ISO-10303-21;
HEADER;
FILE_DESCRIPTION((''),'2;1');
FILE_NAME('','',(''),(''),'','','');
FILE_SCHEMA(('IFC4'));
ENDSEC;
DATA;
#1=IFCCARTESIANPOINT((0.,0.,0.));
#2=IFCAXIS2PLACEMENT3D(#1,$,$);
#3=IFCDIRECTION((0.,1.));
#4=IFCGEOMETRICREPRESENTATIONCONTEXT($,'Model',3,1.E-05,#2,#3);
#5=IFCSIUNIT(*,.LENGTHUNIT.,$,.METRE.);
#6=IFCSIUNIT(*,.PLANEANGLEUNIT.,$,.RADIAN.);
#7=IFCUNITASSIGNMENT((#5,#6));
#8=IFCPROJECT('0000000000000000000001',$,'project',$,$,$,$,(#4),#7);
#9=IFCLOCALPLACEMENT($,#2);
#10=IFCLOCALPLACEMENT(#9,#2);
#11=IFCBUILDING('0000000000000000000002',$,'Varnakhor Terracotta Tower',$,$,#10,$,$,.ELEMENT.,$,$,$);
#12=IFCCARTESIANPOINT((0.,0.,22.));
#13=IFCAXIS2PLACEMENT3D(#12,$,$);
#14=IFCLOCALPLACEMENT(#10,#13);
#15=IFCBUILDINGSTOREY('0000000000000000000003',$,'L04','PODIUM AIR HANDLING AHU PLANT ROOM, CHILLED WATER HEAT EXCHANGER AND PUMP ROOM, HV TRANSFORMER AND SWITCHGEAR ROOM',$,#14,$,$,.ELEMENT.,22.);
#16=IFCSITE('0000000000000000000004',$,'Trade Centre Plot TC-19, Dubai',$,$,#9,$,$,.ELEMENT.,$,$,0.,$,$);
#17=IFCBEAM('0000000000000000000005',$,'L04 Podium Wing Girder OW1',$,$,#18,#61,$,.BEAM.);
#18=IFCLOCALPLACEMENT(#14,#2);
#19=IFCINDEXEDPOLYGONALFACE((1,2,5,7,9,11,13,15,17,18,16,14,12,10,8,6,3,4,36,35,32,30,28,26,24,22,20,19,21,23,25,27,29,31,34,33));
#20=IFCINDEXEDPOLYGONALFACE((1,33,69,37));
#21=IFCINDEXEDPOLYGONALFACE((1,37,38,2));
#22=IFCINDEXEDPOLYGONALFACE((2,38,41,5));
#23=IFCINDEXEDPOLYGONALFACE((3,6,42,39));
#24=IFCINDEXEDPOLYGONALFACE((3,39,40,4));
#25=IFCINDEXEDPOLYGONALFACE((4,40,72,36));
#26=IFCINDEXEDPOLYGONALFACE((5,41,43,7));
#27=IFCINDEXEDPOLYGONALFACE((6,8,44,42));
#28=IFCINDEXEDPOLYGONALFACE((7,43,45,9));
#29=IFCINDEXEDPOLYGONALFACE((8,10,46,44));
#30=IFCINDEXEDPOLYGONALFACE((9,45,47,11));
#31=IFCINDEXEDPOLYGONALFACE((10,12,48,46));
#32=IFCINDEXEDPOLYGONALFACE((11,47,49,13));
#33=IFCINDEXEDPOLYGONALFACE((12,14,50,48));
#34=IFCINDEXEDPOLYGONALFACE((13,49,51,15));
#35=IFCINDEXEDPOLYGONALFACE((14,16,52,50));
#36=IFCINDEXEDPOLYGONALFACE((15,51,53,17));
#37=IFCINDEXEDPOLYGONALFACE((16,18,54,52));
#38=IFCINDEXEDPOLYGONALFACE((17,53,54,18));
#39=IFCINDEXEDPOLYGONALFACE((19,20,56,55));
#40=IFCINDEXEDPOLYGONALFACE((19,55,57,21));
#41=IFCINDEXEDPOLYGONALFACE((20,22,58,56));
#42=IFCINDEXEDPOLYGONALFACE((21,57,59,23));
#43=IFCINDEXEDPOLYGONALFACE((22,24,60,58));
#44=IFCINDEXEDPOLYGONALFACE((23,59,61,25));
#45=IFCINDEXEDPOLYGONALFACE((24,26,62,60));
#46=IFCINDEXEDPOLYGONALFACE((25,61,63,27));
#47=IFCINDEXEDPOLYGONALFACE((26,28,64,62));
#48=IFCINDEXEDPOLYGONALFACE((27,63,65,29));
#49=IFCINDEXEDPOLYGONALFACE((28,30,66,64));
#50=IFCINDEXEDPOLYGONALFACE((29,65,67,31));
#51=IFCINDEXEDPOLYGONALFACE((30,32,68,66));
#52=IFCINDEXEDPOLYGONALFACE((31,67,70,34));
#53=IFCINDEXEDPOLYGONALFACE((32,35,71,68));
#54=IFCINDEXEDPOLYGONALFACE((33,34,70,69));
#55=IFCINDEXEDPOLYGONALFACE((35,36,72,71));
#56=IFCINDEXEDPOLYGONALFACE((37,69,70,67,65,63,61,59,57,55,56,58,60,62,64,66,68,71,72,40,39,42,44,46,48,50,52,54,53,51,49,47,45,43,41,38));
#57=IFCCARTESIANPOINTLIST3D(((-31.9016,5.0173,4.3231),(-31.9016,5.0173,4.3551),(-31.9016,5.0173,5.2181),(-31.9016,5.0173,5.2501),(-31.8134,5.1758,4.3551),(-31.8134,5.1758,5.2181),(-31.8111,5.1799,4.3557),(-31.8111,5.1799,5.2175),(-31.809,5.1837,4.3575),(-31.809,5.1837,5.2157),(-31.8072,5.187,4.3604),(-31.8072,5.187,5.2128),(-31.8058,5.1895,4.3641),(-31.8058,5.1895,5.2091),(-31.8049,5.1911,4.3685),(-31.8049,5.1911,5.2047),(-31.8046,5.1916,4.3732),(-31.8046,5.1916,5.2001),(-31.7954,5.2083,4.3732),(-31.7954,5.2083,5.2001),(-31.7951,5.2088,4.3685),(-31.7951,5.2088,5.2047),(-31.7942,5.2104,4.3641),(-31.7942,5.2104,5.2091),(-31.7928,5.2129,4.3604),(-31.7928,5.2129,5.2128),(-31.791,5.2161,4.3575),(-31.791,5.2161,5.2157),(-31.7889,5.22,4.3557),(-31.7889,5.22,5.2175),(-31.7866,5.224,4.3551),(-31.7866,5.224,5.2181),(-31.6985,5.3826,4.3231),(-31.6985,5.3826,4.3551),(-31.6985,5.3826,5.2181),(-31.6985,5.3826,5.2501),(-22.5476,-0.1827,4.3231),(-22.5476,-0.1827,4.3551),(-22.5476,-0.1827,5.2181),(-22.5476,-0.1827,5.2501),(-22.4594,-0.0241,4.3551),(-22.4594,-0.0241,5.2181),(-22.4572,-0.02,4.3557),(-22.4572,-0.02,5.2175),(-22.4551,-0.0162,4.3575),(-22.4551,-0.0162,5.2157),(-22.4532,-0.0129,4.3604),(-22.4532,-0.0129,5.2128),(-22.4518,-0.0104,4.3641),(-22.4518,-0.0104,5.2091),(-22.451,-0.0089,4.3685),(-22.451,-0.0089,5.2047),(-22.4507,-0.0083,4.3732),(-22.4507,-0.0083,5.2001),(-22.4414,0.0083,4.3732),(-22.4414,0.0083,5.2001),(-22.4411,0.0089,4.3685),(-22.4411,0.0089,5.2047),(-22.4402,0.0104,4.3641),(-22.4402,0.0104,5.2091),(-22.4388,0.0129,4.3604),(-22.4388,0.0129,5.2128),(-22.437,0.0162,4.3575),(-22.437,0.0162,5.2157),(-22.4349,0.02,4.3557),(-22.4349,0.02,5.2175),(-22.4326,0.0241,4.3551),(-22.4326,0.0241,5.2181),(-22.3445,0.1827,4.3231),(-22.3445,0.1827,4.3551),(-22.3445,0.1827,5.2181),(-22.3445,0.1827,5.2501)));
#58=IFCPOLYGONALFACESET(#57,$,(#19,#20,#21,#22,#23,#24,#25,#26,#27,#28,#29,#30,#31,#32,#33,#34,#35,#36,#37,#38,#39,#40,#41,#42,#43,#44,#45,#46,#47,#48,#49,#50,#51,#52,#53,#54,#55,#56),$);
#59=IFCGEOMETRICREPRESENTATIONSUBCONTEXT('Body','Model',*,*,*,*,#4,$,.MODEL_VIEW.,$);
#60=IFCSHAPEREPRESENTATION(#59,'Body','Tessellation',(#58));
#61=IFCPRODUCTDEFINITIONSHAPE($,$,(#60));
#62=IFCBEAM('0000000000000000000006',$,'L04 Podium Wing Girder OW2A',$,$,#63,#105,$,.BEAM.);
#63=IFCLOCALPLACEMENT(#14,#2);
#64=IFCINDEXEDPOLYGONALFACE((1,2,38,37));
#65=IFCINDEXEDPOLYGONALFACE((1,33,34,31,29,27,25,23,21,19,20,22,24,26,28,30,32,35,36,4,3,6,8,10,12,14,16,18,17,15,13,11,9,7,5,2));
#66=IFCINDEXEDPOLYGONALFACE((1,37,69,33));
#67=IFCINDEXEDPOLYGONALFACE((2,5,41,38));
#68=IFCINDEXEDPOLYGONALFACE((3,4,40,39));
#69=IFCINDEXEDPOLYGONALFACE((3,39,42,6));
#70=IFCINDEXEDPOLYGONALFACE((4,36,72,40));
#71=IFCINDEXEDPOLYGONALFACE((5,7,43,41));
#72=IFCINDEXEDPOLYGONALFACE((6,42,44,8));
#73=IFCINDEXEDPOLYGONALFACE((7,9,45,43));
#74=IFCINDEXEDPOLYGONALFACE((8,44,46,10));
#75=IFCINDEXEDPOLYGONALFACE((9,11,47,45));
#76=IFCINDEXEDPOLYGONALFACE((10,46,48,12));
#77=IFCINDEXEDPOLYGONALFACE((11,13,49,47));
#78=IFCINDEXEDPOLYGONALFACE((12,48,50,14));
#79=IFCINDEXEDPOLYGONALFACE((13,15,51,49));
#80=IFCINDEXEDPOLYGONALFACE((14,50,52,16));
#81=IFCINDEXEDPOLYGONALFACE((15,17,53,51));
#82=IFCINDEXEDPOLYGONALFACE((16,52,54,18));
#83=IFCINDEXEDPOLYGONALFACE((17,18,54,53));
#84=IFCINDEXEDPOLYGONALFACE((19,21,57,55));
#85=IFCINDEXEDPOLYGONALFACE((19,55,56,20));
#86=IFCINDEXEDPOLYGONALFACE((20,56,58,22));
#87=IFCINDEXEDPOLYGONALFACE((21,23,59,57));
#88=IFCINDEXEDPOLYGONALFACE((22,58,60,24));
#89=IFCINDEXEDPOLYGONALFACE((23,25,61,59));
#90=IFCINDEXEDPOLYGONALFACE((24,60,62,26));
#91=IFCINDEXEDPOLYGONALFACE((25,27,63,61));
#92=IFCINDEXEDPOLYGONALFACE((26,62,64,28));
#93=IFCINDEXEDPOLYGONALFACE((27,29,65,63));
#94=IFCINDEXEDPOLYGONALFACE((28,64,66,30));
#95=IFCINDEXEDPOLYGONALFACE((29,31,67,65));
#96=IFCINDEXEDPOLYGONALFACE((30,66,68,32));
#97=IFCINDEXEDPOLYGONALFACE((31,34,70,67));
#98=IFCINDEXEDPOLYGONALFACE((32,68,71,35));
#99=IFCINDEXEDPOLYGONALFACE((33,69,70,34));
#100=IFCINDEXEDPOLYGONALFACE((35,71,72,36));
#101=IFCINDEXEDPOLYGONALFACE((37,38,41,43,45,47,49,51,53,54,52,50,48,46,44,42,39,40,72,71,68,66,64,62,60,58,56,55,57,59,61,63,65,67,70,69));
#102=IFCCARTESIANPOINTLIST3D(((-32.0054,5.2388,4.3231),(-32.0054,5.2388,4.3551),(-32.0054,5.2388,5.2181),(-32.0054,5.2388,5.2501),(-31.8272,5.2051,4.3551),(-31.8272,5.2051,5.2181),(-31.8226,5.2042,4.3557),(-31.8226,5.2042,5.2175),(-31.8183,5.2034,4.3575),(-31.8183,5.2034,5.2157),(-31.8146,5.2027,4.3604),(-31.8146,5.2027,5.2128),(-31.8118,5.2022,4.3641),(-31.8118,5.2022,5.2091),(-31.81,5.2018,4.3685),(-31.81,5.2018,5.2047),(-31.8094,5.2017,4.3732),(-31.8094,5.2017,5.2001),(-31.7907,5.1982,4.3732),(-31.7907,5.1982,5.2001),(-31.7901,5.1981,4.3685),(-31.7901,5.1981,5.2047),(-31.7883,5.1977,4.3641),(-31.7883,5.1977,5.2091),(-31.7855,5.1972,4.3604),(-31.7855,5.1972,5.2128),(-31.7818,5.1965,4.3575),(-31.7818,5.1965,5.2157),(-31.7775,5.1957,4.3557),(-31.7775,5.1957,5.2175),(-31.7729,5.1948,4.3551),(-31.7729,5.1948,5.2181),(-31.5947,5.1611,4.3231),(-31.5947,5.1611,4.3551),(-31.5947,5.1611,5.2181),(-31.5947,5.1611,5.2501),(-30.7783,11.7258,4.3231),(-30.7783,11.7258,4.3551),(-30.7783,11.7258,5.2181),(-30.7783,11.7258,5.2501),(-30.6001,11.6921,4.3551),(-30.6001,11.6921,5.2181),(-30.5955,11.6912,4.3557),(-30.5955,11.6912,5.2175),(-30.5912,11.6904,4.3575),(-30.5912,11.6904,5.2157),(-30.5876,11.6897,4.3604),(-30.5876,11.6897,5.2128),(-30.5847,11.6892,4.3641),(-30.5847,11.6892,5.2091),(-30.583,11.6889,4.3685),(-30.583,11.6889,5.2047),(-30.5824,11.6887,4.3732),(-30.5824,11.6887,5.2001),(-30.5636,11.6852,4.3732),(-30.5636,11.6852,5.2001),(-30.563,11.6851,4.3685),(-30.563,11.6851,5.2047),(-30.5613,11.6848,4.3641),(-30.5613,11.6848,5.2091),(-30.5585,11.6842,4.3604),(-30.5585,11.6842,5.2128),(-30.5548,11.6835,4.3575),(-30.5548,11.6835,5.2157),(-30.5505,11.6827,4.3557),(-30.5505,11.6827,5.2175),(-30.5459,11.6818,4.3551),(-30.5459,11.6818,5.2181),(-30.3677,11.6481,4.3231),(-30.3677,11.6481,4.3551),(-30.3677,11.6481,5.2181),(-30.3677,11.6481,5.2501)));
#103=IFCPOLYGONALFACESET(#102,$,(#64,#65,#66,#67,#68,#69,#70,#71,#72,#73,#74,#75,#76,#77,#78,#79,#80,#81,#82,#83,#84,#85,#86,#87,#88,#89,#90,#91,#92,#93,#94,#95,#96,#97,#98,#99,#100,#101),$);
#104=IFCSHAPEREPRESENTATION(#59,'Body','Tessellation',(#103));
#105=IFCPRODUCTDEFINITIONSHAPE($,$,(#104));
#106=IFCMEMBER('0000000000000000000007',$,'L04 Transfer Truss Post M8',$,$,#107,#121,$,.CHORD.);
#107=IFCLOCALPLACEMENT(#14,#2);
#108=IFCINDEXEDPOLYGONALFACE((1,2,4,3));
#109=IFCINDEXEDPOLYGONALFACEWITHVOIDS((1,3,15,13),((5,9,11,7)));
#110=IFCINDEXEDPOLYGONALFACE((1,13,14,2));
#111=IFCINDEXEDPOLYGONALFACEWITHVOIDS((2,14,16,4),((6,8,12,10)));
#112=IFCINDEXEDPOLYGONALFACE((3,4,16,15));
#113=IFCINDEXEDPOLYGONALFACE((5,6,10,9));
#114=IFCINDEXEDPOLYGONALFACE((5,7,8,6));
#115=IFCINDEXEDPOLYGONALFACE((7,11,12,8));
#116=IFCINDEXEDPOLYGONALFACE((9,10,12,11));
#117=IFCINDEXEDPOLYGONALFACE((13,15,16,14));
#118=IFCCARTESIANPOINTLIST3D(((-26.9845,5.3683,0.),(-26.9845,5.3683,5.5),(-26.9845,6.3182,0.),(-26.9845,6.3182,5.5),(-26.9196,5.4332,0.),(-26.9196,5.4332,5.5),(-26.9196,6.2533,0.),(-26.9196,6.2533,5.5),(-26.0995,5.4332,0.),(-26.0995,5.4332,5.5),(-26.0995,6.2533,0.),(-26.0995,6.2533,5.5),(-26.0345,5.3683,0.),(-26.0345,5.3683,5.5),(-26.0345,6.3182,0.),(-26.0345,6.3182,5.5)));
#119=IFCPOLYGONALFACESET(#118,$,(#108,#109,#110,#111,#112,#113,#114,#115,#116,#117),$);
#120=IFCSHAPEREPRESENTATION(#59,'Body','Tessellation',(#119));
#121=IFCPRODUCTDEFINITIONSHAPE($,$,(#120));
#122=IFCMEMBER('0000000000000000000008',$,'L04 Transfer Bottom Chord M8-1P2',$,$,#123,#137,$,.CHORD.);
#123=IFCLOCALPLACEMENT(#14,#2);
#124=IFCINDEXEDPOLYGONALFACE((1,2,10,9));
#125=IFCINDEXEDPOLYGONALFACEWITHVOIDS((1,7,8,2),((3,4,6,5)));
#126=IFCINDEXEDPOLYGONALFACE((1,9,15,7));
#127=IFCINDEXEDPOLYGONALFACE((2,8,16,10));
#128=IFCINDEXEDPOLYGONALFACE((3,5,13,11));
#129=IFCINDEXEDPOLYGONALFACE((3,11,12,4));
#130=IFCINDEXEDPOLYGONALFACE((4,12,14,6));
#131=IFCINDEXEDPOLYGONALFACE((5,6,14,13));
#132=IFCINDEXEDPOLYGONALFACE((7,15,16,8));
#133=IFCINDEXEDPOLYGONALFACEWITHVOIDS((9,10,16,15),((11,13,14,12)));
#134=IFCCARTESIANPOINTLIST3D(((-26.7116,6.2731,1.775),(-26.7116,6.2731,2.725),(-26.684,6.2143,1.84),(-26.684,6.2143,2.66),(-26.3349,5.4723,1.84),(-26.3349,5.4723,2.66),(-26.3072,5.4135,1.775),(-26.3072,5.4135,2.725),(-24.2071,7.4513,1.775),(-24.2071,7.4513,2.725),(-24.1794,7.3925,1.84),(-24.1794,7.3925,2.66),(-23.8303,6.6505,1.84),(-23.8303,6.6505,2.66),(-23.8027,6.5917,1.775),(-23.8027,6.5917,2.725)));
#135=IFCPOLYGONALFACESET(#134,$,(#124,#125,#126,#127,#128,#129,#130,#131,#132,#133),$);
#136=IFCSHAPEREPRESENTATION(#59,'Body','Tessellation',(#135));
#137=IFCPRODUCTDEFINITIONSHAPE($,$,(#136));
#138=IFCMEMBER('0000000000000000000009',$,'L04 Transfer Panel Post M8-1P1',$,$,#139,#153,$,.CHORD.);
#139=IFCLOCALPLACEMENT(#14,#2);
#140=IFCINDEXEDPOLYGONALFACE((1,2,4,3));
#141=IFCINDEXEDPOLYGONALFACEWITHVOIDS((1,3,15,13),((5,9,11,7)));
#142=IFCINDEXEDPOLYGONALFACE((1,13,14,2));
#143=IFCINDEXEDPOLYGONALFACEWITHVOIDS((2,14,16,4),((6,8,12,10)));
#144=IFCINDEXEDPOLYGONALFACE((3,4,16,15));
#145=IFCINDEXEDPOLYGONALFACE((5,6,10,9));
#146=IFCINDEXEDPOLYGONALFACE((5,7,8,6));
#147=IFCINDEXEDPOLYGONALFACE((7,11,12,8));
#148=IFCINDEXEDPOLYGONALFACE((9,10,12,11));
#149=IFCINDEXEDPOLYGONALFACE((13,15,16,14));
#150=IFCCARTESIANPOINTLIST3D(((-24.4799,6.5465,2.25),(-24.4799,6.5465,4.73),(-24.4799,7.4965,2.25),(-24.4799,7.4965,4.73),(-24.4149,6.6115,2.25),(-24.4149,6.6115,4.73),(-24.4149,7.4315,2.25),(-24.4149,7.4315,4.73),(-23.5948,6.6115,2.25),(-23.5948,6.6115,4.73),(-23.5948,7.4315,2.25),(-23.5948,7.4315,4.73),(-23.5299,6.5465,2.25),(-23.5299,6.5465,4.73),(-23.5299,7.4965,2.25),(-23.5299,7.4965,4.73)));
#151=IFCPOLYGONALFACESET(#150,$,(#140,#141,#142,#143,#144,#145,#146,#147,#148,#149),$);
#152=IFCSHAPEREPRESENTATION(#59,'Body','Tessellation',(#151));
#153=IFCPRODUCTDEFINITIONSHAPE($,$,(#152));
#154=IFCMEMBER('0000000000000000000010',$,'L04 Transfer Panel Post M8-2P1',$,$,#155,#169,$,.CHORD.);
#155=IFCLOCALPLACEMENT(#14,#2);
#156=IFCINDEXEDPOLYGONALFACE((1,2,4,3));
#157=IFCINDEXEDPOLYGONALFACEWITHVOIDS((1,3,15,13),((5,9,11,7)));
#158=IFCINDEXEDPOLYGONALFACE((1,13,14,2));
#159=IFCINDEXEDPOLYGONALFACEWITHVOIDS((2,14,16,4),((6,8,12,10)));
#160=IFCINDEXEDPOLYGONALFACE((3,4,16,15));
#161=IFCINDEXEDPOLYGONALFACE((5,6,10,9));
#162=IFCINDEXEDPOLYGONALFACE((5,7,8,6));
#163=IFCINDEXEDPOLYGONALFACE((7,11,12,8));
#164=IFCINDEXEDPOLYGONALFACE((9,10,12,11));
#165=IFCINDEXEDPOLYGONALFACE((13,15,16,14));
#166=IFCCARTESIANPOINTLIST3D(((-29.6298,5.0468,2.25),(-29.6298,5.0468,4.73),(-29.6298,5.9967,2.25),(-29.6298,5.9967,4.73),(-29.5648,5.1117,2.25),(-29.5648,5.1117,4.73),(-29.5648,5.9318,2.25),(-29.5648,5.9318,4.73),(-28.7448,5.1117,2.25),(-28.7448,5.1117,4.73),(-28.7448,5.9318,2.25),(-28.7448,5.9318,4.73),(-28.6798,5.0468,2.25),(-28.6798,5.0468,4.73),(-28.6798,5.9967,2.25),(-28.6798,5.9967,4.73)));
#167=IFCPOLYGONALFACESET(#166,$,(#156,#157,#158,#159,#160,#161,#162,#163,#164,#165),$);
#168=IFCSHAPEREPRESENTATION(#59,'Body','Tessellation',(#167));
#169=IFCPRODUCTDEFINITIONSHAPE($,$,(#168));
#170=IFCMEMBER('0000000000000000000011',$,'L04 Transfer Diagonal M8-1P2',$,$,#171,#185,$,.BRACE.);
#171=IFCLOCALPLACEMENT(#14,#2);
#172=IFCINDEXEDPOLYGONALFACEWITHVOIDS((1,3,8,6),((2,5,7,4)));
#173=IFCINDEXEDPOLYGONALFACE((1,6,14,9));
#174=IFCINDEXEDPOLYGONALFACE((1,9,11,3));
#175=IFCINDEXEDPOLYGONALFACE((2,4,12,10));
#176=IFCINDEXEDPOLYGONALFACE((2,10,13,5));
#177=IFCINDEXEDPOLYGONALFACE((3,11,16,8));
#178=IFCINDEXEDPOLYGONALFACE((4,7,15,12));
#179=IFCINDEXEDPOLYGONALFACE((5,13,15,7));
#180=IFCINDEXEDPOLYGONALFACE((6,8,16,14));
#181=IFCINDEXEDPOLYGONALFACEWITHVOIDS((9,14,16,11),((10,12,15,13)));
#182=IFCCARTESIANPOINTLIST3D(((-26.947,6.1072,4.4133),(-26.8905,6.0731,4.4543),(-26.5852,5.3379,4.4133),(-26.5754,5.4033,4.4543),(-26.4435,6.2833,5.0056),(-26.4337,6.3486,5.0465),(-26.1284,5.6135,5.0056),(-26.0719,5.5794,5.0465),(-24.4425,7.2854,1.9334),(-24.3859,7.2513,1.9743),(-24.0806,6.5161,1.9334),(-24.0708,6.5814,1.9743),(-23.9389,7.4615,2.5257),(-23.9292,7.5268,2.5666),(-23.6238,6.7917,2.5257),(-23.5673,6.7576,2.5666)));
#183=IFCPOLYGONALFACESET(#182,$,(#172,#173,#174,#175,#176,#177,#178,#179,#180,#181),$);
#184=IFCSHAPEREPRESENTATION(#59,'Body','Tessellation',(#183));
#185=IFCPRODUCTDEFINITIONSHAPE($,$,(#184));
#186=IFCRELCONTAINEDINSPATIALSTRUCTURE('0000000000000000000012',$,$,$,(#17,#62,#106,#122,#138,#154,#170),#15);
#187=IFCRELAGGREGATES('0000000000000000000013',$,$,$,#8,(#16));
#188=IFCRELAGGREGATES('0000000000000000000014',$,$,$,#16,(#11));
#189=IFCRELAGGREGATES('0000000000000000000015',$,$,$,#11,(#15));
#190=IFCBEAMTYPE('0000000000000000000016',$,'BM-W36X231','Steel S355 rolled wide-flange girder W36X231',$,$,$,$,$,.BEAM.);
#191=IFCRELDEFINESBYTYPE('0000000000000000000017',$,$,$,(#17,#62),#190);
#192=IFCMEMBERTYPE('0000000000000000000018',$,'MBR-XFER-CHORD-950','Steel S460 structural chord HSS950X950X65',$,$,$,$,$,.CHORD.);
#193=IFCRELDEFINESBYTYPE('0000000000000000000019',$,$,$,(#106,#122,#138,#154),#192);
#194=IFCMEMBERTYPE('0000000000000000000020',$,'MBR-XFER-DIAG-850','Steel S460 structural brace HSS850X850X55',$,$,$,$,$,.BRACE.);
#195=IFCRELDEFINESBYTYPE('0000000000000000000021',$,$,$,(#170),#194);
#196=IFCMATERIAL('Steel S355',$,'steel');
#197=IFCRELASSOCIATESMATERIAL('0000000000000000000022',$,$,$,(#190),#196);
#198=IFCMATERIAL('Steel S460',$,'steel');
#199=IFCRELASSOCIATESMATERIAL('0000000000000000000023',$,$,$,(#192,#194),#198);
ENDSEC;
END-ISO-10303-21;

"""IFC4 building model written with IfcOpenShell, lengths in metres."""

from ifc_helpers import new_model, si_unit, direction, frame, origin, origin_2d, place, context, subcontext, project, spatial, hollow_rectangle, i_section, extrude, source, transform, mapped, material, material_profile, profile_set, type_object, type_shapes, element, save


model = new_model("IFC4")

# Units and contexts
model_context = context("Model", 3, precision=1e-05, world=origin(), true_north=direction((0.0, 1.0)))
body_context = subcontext(model_context, "Body", "Model", "MODEL_VIEW")
ifc_project = project(units=[si_unit("LENGTHUNIT", "METRE"), si_unit("PLANEANGLEUNIT", "RADIAN")], contexts=[model_context])

# Site, building, storey
site_placement = place(None, origin())
site = spatial("IfcSite", under=ifc_project, at=site_placement, Name="Trade Centre Plot TC-19, Dubai", CompositionType="ELEMENT", RefElevation=0.0)
building_placement = place(site_placement, origin())
building = spatial("IfcBuilding", under=site, at=building_placement, Name="Varnakhor Terracotta Tower", CompositionType="ELEMENT")
storey_placement = place(building_placement, frame((0.0, 0.0, 22.0)))
storey = spatial("IfcBuildingStorey", under=building, at=storey_placement, Name="L04", Description="PODIUM AIR HANDLING AHU PLANT ROOM, CHILLED WATER HEAT EXCHANGER AND PUMP ROOM, HV TRANSFORMER AND SWITCHGEAR ROOM", CompositionType="ELEMENT", Elevation=22.0)

# Shared definitions
ifc_material_1 = material(Name="Steel S460", Category="steel")

# Beams
ifc_material_2 = material(Name="Steel S355", Category="steel")
ifc_material_profile_1 = material_profile(ifc_material_2, i_section(OverallWidth=0.418, OverallDepth=0.927, WebThickness=0.019, FlangeThickness=0.032, FilletRadius=0.0181, at=origin_2d()), Name="W36X231")
ifc_profile_set_1 = profile_set([ifc_material_profile_1], Name="Steel S355")
beam_type_1 = type_object("IfcBeamType", Name="BM-W36X231", Description="Steel S355 rolled wide-flange girder W36X231", PredefinedType="BEAM", material=ifc_profile_set_1)
shared_shape_1 = source(origin(), body_context, "Body", "SweptSolid", [
    extrude(i_section(OverallWidth=0.418, OverallDepth=0.927, WebThickness=0.019, FlangeThickness=0.032, FilletRadius=0.0181, at=origin_2d()), origin(), (0.0, 0.0, 1.0), 10.7021),
])
beam_1_placement = place(storey_placement, frame((-22.446, 0.0, 4.7866), z_axis=(-0.874027, 0.485877, 0.0), x_axis=(-0.485877, -0.874027, 0.0)))
element("IfcBeam", 1, at=beam_1_placement, inside=storey, type_object=beam_type_1, Name="L04 Podium Wing Girder OW1", PredefinedType="BEAM", context=body_context, shape_type="MappedRepresentation", body=[
    mapped(shared_shape_1, transform((0.0, 0.0, 0.0), scale=1.0)),
])
shared_shape_2 = source(origin(), body_context, "Body", "SweptSolid", [
    extrude(i_section(OverallWidth=0.418, OverallDepth=0.927, WebThickness=0.019, FlangeThickness=0.032, FilletRadius=0.0181, at=origin_2d()), origin(), (0.0, 0.0, 1.0), 6.6021),
])
beam_2_placement = place(storey_placement, frame((-31.8, 5.2, 4.7866), z_axis=(0.185858, 0.982577, 0.0), x_axis=(-0.982577, 0.185858, 0.0)))
element("IfcBeam", 2, at=beam_2_placement, inside=storey, type_object=beam_type_1, Name="L04 Podium Wing Girder OW2A", PredefinedType="BEAM", context=body_context, shape_type="MappedRepresentation", body=[
    mapped(shared_shape_2, transform((0.0, 0.0, 0.0), scale=1.0)),
])

# Members
ifc_material_profile_2 = material_profile(ifc_material_1, hollow_rectangle(XDim=0.95, YDim=0.95, WallThickness=0.0649, at=origin_2d()), Name="HSS950X950X65")
ifc_profile_set_2 = profile_set([ifc_material_profile_2], Name="Steel S460")
member_type_1 = type_object("IfcMemberType", Name="MBR-XFER-CHORD-950", Description="Steel S460 structural chord HSS950X950X65", PredefinedType="CHORD", material=ifc_profile_set_2)
shared_shape_3 = source(origin(), body_context, "Body", "SweptSolid", [
    extrude(hollow_rectangle(XDim=0.95, YDim=0.95, WallThickness=0.0649, at=origin_2d()), origin(), (0.0, 0.0, 1.0), 5.5),
])
type_shapes(member_type_1, [shared_shape_3])
member_1_placement = place(storey_placement, frame((-26.5095, 5.8433, 0.0), z_axis=(0.0, 0.0, 1.0), x_axis=(1.0, 0.0, 0.0)))
element("IfcMember", 3, at=member_1_placement, inside=storey, type_object=member_type_1, Name="L04 Transfer Truss Post M8", PredefinedType="CHORD", context=body_context, shape_type="MappedRepresentation", body=[
    mapped(shared_shape_3, transform((0.0, 0.0, 0.0), scale=1.0)),
])
shared_shape_4 = source(origin(), body_context, "Body", "SweptSolid", [
    extrude(hollow_rectangle(XDim=0.95, YDim=0.95, WallThickness=0.0649, at=origin_2d()), origin(), (0.0, 0.0, 1.0), 2.7678),
])
member_2_placement = place(storey_placement, frame((-24.0049, 7.0215, 2.25), z_axis=(-0.904879, -0.42567, 0.0), x_axis=(0.42567, -0.904879, 0.0)))
element("IfcMember", 4, at=member_2_placement, inside=storey, type_object=member_type_1, Name="L04 Transfer Bottom Chord M8-1P2", PredefinedType="CHORD", context=body_context, shape_type="MappedRepresentation", body=[
    mapped(shared_shape_4, transform((0.0, 0.0, 0.0), scale=1.0)),
])
shared_shape_5 = source(origin(), body_context, "Body", "SweptSolid", [
    extrude(hollow_rectangle(XDim=0.95, YDim=0.95, WallThickness=0.0649, at=origin_2d()), origin(), (0.0, 0.0, 1.0), 2.48),
])
for number, where, z_axis, x_axis, name in (
    (5, (-24.0049, 7.0215, 2.25), (0.0, 0.0, 1.0), (1.0, 0.0, 0.0), "L04 Transfer Panel Post M8-1P1"),
    (6, (-29.1548, 5.5217, 2.25), (0.0, 0.0, 1.0), (1.0, 0.0, 0.0), "L04 Transfer Panel Post M8-2P1"),
):
    element("IfcMember", number, at=place(storey_placement, frame(where, z_axis=z_axis, x_axis=x_axis)), inside=storey, type_object=member_type_1, Name=name, PredefinedType="CHORD", context=body_context, shape_type="MappedRepresentation", body=[
        mapped(shared_shape_5, transform((0.0, 0.0, 0.0), scale=1.0)),
    ])
ifc_material_profile_3 = material_profile(ifc_material_1, hollow_rectangle(XDim=0.8501, YDim=0.8501, WallThickness=0.0549, at=origin_2d()), Name="HSS850X850X55")
ifc_profile_set_3 = profile_set([ifc_material_profile_3], Name="Steel S460")
member_type_2 = type_object("IfcMemberType", Name="MBR-XFER-DIAG-850", Description="Steel S460 structural brace HSS850X850X55", PredefinedType="BRACE", material=ifc_profile_set_3)
shared_shape_6 = source(origin(), body_context, "Body", "SweptSolid", [
    extrude(hollow_rectangle(XDim=0.8501, YDim=0.8501, WallThickness=0.0549, at=origin_2d()), origin(), (0.0, 0.0, 1.0), 3.7163),
])
member_3_placement = place(storey_placement, frame((-24.0049, 7.0215, 2.25), z_axis=(-0.67394, -0.317032, 0.667305), x_axis=(0.42567, -0.904879, 0.0)))
element("IfcMember", 7, at=member_3_placement, inside=storey, type_object=member_type_2, Name="L04 Transfer Diagonal M8-1P2", PredefinedType="BRACE", context=body_context, shape_type="MappedRepresentation", body=[
    mapped(shared_shape_6, transform((0.0, 0.0, 0.0), scale=1.0)),
])

save(model, "model.ifc")
